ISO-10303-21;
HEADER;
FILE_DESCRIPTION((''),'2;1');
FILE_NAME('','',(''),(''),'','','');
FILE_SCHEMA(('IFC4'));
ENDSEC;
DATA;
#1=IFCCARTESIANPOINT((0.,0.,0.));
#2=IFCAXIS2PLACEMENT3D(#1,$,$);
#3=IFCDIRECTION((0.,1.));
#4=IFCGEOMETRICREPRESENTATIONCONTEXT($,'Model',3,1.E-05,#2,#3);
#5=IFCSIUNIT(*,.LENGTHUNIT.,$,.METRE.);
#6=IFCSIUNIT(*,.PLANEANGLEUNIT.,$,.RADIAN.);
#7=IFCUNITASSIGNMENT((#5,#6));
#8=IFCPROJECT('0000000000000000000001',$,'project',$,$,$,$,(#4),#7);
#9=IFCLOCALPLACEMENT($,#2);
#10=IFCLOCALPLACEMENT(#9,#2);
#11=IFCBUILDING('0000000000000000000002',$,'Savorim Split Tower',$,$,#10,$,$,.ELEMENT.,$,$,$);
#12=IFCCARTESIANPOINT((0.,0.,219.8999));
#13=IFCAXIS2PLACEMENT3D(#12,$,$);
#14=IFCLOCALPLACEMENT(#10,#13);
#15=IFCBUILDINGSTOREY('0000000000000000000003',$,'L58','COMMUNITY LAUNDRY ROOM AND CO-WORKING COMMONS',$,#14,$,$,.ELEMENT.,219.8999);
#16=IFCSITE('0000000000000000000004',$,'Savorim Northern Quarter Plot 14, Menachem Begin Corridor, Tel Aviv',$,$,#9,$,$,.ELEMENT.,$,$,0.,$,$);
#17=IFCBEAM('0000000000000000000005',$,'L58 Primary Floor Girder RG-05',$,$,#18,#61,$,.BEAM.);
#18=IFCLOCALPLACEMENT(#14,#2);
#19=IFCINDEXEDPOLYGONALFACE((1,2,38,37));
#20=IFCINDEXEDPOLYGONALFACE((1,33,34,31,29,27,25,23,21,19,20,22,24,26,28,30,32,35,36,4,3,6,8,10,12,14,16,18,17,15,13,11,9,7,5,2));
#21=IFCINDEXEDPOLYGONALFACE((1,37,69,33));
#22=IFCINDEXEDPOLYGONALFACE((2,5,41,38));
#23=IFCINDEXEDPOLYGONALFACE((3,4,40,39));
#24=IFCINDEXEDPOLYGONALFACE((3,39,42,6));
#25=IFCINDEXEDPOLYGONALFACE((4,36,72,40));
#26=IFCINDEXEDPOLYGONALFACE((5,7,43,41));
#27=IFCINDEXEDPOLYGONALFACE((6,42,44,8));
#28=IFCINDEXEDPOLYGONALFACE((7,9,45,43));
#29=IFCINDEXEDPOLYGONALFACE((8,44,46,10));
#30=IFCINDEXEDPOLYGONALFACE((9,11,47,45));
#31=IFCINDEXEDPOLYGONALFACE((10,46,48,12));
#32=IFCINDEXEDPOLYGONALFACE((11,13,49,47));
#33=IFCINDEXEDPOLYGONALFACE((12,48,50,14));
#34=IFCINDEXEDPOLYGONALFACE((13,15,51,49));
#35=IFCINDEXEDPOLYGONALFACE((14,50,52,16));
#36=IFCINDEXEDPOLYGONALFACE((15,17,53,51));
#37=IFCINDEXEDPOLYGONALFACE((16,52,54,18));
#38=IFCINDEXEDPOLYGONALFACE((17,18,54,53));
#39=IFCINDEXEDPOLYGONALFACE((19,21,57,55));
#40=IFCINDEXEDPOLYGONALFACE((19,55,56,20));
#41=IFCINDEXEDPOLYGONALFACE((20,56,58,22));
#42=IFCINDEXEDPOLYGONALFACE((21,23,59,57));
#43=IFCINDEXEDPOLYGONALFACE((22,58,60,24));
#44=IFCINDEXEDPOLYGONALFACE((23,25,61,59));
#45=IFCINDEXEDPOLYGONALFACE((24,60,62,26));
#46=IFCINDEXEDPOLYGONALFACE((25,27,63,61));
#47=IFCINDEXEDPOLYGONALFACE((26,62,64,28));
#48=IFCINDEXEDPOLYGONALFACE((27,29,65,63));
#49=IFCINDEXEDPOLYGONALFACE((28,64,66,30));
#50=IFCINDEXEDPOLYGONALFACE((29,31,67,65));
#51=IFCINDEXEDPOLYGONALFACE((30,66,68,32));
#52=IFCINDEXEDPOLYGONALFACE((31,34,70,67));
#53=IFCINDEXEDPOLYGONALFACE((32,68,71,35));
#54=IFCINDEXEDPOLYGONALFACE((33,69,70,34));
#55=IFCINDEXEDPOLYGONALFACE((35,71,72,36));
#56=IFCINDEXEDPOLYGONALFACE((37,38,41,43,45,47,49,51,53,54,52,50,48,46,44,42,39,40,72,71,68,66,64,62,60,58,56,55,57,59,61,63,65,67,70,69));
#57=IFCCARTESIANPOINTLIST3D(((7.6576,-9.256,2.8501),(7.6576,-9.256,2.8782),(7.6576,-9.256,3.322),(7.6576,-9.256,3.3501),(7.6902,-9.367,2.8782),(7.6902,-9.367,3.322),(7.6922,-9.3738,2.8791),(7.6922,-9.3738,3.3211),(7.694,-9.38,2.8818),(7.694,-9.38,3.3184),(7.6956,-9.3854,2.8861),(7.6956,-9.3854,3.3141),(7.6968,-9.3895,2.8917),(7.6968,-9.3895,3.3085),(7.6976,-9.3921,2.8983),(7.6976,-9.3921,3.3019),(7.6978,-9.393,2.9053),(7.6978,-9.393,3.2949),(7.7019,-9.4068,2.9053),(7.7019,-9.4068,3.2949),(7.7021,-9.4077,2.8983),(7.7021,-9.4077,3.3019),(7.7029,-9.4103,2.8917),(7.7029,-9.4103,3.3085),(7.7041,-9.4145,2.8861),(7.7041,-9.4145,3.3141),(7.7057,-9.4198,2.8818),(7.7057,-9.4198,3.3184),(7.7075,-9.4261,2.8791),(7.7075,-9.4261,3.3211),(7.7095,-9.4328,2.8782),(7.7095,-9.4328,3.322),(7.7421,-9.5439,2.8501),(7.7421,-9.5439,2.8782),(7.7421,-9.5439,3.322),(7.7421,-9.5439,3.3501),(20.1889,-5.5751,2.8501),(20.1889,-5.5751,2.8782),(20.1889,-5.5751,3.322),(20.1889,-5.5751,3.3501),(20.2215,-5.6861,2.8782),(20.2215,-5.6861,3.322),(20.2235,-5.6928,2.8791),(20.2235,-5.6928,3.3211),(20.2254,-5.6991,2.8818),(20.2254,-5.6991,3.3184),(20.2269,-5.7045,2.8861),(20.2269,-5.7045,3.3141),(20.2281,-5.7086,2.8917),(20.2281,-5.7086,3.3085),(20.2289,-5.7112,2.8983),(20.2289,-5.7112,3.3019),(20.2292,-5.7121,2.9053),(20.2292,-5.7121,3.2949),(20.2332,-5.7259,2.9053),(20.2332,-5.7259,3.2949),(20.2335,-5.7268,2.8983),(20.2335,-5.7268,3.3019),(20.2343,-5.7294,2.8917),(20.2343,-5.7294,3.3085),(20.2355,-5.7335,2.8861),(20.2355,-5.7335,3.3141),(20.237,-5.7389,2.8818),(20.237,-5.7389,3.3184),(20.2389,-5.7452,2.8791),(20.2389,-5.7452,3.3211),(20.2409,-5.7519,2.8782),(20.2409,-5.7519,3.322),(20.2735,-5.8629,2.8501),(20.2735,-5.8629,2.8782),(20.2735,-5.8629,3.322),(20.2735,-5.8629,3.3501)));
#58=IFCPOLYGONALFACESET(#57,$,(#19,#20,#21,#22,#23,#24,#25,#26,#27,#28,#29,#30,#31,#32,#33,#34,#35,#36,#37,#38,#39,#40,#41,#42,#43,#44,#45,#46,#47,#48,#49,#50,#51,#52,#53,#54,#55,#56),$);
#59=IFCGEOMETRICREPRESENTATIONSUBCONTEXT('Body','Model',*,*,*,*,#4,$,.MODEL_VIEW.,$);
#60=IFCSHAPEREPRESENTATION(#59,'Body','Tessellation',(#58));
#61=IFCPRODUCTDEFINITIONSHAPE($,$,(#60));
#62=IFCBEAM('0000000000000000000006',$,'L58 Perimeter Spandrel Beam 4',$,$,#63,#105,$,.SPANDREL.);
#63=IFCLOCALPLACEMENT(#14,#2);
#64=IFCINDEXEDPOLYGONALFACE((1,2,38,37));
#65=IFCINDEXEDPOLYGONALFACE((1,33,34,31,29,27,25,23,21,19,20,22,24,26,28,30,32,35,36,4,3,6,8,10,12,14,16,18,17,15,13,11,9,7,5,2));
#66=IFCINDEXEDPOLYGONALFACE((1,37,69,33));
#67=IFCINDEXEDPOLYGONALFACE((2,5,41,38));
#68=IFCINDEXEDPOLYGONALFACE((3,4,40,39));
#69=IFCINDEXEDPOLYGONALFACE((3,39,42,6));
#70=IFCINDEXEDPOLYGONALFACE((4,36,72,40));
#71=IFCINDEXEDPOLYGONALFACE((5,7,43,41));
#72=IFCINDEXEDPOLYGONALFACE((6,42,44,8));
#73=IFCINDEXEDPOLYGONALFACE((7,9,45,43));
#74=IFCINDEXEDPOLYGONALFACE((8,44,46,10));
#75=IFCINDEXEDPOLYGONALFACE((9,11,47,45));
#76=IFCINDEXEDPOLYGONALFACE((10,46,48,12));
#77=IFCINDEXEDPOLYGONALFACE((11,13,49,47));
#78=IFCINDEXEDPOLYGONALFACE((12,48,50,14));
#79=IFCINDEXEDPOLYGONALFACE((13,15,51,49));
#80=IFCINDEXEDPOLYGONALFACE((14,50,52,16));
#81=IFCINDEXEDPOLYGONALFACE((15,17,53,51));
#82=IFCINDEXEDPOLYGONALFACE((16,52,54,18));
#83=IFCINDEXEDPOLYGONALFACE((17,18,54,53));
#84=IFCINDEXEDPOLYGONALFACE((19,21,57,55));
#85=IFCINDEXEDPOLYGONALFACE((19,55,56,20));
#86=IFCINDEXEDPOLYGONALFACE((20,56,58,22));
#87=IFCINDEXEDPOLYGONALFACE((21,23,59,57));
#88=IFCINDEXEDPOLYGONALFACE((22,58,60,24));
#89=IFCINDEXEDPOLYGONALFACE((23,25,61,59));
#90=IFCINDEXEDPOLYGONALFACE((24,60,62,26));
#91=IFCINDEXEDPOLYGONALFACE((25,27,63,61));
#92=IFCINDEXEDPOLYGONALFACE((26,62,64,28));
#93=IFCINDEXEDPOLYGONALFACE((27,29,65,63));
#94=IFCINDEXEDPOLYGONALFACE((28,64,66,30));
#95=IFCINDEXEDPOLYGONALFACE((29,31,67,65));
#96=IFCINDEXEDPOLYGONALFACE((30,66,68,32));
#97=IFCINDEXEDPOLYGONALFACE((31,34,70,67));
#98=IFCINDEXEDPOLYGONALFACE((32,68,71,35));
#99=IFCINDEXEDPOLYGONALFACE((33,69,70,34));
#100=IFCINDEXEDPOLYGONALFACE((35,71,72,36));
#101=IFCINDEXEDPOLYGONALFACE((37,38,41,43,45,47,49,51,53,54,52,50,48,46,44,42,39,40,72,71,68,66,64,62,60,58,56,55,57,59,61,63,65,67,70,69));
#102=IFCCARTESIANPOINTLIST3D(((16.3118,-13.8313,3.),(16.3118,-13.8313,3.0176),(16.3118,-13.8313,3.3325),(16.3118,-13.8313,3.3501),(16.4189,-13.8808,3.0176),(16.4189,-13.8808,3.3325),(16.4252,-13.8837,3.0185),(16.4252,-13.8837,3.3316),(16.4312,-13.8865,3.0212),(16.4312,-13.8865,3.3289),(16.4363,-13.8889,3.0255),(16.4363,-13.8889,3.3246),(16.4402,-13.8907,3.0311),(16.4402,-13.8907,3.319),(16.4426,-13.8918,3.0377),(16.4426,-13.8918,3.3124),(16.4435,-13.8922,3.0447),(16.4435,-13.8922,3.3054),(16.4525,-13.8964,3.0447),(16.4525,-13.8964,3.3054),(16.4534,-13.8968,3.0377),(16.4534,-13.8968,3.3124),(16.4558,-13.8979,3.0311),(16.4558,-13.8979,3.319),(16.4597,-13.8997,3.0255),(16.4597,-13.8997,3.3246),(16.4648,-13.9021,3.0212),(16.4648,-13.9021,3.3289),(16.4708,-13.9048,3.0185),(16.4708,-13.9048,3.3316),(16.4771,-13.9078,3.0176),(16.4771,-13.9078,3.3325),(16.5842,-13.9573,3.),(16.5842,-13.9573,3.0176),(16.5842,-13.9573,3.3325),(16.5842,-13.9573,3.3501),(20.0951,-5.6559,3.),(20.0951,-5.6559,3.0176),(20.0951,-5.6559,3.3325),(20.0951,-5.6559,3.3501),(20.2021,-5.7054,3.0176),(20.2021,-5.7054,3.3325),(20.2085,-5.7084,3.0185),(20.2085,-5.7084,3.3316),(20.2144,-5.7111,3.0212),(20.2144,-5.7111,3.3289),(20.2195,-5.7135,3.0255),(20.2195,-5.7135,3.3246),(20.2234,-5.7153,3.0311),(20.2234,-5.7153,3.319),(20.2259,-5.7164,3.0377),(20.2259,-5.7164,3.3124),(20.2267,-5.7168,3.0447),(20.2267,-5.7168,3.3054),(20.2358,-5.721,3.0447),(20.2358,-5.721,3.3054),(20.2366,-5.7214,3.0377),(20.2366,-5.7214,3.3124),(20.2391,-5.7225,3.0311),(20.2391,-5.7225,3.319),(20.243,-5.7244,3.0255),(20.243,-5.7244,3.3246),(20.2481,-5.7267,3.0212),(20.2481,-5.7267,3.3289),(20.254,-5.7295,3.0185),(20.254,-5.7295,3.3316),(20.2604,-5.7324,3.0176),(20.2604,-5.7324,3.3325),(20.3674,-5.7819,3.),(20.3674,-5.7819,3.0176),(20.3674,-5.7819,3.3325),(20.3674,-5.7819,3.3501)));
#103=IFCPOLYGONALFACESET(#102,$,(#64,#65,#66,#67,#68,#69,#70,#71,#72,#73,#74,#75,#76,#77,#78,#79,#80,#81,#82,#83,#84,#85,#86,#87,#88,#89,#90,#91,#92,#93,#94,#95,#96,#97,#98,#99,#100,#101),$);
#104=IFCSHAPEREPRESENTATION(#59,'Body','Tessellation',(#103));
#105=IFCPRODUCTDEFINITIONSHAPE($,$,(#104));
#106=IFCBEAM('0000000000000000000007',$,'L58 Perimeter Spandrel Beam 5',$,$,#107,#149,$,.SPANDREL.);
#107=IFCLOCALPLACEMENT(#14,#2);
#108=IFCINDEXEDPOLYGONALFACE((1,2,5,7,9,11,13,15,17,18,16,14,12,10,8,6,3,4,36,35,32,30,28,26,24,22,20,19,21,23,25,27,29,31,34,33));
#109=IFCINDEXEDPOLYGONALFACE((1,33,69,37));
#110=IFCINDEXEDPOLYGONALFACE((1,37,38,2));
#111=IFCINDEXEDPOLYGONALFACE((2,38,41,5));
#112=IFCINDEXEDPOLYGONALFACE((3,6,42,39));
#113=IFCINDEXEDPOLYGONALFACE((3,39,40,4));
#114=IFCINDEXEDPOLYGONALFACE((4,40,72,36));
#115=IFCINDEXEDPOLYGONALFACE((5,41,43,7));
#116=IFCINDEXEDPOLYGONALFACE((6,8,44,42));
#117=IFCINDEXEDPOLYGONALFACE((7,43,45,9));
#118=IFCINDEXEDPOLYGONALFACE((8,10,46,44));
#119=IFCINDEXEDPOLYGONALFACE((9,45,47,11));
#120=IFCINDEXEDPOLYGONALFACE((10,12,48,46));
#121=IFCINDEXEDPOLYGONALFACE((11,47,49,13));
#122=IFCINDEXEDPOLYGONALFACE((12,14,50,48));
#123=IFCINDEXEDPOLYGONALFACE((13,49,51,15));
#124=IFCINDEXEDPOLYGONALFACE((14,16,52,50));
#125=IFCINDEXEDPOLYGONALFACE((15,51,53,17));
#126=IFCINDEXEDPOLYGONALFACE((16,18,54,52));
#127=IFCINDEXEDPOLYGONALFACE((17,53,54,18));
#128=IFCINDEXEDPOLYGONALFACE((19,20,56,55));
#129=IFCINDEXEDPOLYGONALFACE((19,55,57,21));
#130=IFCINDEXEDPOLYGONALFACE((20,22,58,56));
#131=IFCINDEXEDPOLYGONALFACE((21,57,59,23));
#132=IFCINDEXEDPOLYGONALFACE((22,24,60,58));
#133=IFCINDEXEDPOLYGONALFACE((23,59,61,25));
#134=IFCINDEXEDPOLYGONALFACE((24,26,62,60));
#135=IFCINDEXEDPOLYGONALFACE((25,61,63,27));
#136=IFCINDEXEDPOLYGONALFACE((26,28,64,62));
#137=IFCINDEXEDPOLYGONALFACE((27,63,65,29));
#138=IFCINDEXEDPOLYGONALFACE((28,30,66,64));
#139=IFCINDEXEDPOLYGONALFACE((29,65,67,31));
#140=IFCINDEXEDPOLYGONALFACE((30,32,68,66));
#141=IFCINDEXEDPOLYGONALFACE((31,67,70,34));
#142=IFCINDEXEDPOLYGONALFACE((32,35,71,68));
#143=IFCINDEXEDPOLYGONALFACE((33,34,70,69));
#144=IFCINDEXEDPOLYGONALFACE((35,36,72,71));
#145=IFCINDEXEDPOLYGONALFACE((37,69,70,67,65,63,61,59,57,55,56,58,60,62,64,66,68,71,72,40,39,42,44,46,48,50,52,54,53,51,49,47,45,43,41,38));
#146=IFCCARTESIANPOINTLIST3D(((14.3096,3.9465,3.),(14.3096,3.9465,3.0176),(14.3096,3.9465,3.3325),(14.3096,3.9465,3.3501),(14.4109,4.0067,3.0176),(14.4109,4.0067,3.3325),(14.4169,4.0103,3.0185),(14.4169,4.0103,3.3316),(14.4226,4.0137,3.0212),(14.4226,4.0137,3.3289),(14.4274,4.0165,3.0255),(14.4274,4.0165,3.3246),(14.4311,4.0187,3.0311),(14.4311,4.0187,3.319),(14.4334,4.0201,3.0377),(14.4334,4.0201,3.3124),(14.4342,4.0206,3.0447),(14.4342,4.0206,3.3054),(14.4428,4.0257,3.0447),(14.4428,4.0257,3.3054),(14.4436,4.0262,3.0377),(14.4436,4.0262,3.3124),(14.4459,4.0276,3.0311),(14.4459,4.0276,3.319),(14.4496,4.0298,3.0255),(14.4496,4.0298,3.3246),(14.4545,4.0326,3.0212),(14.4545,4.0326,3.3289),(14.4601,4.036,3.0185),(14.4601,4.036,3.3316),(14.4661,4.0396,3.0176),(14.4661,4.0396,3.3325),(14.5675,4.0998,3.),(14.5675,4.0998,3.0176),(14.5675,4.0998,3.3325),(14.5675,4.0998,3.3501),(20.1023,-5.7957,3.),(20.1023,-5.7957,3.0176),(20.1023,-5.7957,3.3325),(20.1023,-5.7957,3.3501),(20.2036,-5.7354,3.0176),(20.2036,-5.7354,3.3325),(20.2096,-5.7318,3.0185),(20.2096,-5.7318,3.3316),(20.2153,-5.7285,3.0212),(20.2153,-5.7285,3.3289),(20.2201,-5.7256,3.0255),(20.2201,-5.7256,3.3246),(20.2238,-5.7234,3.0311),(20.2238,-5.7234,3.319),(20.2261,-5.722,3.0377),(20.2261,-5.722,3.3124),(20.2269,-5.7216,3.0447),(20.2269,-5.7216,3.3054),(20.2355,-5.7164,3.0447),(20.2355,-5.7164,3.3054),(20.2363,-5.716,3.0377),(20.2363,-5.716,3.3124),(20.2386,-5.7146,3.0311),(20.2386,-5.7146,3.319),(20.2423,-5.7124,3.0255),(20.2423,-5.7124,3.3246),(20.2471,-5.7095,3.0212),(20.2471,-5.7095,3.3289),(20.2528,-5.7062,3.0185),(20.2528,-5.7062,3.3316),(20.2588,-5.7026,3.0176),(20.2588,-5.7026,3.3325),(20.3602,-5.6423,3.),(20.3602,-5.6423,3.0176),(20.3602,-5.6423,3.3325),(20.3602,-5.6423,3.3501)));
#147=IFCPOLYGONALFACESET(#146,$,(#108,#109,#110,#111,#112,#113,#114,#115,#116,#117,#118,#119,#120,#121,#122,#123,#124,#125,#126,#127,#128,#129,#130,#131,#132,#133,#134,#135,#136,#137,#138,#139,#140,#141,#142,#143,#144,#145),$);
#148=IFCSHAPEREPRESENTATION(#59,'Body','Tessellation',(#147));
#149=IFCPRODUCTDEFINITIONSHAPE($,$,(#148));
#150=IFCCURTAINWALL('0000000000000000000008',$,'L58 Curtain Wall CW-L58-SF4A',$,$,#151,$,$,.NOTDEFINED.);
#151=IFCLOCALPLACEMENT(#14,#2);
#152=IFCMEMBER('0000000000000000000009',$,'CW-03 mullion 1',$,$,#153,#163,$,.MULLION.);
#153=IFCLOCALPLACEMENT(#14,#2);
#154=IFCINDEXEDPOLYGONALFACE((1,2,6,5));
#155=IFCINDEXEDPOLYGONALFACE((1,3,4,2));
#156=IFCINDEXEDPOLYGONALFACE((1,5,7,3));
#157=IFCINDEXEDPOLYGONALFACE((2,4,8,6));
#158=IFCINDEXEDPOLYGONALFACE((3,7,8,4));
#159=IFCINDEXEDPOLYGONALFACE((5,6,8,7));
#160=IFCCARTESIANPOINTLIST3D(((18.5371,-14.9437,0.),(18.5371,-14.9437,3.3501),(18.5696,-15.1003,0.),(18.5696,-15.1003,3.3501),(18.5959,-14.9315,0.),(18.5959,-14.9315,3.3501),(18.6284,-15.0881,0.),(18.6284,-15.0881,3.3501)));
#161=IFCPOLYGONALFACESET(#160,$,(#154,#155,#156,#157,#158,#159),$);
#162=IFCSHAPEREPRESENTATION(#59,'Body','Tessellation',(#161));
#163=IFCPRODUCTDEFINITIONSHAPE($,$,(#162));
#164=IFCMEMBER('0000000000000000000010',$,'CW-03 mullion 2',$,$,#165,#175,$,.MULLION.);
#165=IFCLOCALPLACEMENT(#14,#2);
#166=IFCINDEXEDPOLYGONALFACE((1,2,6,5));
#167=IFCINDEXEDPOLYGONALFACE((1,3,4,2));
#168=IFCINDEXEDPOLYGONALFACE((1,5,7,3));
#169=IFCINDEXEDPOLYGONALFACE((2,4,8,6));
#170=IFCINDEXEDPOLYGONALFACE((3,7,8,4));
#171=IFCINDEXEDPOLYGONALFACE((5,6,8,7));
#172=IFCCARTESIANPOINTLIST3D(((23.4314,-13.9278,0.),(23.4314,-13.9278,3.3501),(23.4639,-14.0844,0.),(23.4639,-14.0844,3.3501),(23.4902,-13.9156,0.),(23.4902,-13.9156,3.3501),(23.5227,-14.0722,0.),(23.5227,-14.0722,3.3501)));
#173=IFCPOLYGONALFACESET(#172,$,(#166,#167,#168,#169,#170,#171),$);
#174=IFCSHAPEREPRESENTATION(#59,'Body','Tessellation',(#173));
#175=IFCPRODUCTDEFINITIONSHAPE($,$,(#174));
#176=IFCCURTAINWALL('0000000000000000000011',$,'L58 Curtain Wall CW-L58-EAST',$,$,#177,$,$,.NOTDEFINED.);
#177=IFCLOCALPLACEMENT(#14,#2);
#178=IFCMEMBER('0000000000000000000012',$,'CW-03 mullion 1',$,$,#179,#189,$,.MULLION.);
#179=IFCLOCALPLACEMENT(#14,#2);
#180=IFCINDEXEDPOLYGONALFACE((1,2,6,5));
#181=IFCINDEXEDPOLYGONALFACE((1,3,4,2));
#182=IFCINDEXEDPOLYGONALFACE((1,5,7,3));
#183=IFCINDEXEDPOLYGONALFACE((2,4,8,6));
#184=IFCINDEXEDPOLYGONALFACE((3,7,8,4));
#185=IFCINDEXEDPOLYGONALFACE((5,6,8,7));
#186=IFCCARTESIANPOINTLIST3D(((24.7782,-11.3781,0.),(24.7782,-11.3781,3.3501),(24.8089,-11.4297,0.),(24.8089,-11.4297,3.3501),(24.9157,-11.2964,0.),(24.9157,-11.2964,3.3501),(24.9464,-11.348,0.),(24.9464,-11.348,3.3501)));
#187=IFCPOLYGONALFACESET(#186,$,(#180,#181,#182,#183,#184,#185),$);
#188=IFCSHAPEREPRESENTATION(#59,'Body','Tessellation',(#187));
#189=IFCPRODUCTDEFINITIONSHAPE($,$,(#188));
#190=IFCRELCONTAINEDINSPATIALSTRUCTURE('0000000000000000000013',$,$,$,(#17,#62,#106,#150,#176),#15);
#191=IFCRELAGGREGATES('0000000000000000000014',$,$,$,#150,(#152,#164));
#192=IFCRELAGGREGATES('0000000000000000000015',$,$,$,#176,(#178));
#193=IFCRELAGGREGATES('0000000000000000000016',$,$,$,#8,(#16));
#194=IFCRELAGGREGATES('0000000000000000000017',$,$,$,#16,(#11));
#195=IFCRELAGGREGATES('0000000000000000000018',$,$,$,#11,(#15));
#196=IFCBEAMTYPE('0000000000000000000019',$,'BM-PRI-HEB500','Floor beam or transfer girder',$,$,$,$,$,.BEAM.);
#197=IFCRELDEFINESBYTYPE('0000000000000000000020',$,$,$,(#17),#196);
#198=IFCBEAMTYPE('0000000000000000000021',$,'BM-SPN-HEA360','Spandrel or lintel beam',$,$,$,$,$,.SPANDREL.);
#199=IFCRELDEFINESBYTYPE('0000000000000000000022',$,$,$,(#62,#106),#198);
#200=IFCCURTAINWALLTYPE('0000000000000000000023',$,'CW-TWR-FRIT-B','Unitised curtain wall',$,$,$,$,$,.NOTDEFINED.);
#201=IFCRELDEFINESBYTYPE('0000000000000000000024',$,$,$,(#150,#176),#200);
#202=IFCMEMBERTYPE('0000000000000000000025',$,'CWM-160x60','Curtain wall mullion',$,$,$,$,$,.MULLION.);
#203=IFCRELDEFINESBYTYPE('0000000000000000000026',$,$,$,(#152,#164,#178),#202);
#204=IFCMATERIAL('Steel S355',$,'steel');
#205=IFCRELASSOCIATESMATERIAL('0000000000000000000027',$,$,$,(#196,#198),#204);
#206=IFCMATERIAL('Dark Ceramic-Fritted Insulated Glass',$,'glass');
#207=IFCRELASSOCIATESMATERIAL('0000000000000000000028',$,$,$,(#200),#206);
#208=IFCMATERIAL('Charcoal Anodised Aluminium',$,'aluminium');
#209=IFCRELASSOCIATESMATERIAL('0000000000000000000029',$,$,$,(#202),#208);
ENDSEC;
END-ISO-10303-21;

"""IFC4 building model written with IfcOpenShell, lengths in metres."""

from ifc_helpers import new_model, si_unit, direction, frame, origin, origin_2d, place, context, subcontext, project, spatial, rectangle, i_section, extrude, material, material_profile, profile_set, type_object, element, aggregate, save


model = new_model("IFC4")

# Units and contexts
model_context = context("Model", 3, precision=1e-05, world=origin(), true_north=direction((0.0, 1.0)))
body_context = subcontext(model_context, "Body", "Model", "MODEL_VIEW")
ifc_project = project(units=[si_unit("LENGTHUNIT", "METRE"), si_unit("PLANEANGLEUNIT", "RADIAN")], contexts=[model_context])

# Site, building, storey
site_placement = place(None, origin())
site = spatial("IfcSite", under=ifc_project, at=site_placement, Name="Savorim Northern Quarter Plot 14, Menachem Begin Corridor, Tel Aviv", CompositionType="ELEMENT", RefElevation=0.0)
building_placement = place(site_placement, origin())
building = spatial("IfcBuilding", under=site, at=building_placement, Name="Savorim Split Tower", CompositionType="ELEMENT")
storey_placement = place(building_placement, frame((0.0, 0.0, 219.8999)))
storey = spatial("IfcBuildingStorey", under=building, at=storey_placement, Name="L58", Description="COMMUNITY LAUNDRY ROOM AND CO-WORKING COMMONS", CompositionType="ELEMENT", Elevation=219.8999)

# Shared definitions
ifc_material_1 = material(Name="Steel S355", Category="steel")

# Beams
ifc_material_profile_1 = material_profile(ifc_material_1, i_section(OverallWidth=0.3, OverallDepth=0.5, WebThickness=0.0144, FlangeThickness=0.0281, FilletRadius=0.0271, at=origin_2d()), Name="HEB 500")
ifc_profile_set_1 = profile_set([ifc_material_profile_1], Name="Steel S355")
beam_type_1 = type_object("IfcBeamType", Name="BM-PRI-HEB500", Description="Floor beam or transfer girder", PredefinedType="BEAM", material=ifc_profile_set_1)
beam_1_placement = place(storey_placement, frame((20.2312, -5.719, 3.1001), z_axis=(-0.959464, -0.281831, 0.0), x_axis=(0.281831, -0.959464, 0.0)))
element("IfcBeam", 1, at=beam_1_placement, inside=storey, type_object=beam_type_1, Name="L58 Primary Floor Girder RG-05", PredefinedType="BEAM", context=body_context, shape_type="SweptSolid", body=[
    extrude(i_section(OverallWidth=0.3, OverallDepth=0.5, WebThickness=0.0144, FlangeThickness=0.0281, FilletRadius=0.0271, at=origin_2d()), origin(), (0.0, 0.0, 1.0), 13.0608),
])
ifc_material_profile_2 = material_profile(ifc_material_1, i_section(OverallWidth=0.3, OverallDepth=0.3501, WebThickness=0.01, FlangeThickness=0.0176, FilletRadius=0.0271, at=origin_2d()), Name="HEA 360")
ifc_profile_set_2 = profile_set([ifc_material_profile_2], Name="Steel S355")
beam_type_2 = type_object("IfcBeamType", Name="BM-SPN-HEA360", Description="Spandrel or lintel beam", PredefinedType="SPANDREL", material=ifc_profile_set_2)
beam_2_placement = place(storey_placement, frame((16.448, -13.8943, 3.175), z_axis=(0.419972, 0.907537, 0.0), x_axis=(-0.907537, 0.419972, 0.0)))
element("IfcBeam", 2, at=beam_2_placement, inside=storey, type_object=beam_type_2, Name="L58 Perimeter Spandrel Beam 4", PredefinedType="SPANDREL", context=body_context, shape_type="SweptSolid", body=[
    extrude(i_section(OverallWidth=0.3, OverallDepth=0.3501, WebThickness=0.01, FlangeThickness=0.0176, FilletRadius=0.0271, at=origin_2d()), origin(), (0.0, 0.0, 1.0), 9.0083),
])
beam_3_placement = place(storey_placement, frame((20.2312, -5.719, 3.175), z_axis=(-0.51108, 0.859533, 0.0), x_axis=(-0.859533, -0.51108, 0.0)))
element("IfcBeam", 3, at=beam_3_placement, inside=storey, type_object=beam_type_2, Name="L58 Perimeter Spandrel Beam 5", PredefinedType="SPANDREL", context=body_context, shape_type="SweptSolid", body=[
    extrude(i_section(OverallWidth=0.3, OverallDepth=0.3501, WebThickness=0.01, FlangeThickness=0.0176, FilletRadius=0.0271, at=origin_2d()), origin(), (0.0, 0.0, 1.0), 11.3342),
])

# Curtain walls, members
ifc_material_2 = material(Name="Dark Ceramic-Fritted Insulated Glass", Category="glass")
curtain_wall_type_1 = type_object("IfcCurtainWallType", Name="CW-TWR-FRIT-B", Description="Unitised curtain wall", PredefinedType="NOTDEFINED", material=ifc_material_2)
curtain_wall_1_placement = place(storey_placement, origin())
curtain_wall_1 = element("IfcCurtainWall", 4, at=curtain_wall_1_placement, inside=storey, type_object=curtain_wall_type_1, Name="L58 Curtain Wall CW-L58-SF4A", PredefinedType="NOTDEFINED")
ifc_material_3 = material(Name="Charcoal Anodised Aluminium", Category="aluminium")
ifc_material_profile_3 = material_profile(ifc_material_3, rectangle(XDim=0.1599, YDim=0.0601, at=origin_2d()), Name="ALU-M 160x60")
ifc_profile_set_3 = profile_set([ifc_material_profile_3], Name="Charcoal Anodised Aluminium")
member_type_1 = type_object("IfcMemberType", Name="CWM-160x60", Description="Curtain wall mullion", PredefinedType="MULLION", material=ifc_profile_set_3)
member_1_placement = place(storey_placement, frame((18.5828, -15.0159, 0.0), z_axis=(0.0, 0.0, 1.0), x_axis=(-0.203212, 0.979135, 0.0)))
member_1 = element("IfcMember", 5, at=member_1_placement, type_object=member_type_1, Name="CW-03 mullion 1", PredefinedType="MULLION", context=body_context, shape_type="SweptSolid", body=[
    extrude(rectangle(XDim=0.1599, YDim=0.0601, at=origin_2d()), origin(), (0.0, 0.0, 1.0), 3.3501),
])
member_2_placement = place(storey_placement, frame((23.4771, -14.0, 0.0), z_axis=(0.0, 0.0, 1.0), x_axis=(-0.203212, 0.979135, 0.0)))
member_2 = element("IfcMember", 6, at=member_2_placement, type_object=member_type_1, Name="CW-03 mullion 2", PredefinedType="MULLION", context=body_context, shape_type="SweptSolid", body=[
    extrude(rectangle(XDim=0.1599, YDim=0.0601, at=origin_2d()), origin(), (0.0, 0.0, 1.0), 3.3501),
])
curtain_wall_2_placement = place(storey_placement, origin())
curtain_wall_2 = element("IfcCurtainWall", 7, at=curtain_wall_2_placement, inside=storey, type_object=curtain_wall_type_1, Name="L58 Curtain Wall CW-L58-EAST", PredefinedType="NOTDEFINED")
member_3_placement = place(storey_placement, frame((24.8623, -11.363, 0.0), z_axis=(0.0, 0.0, 1.0), x_axis=(-0.859524, -0.511096, 0.0)))
member_3 = element("IfcMember", 8, at=member_3_placement, type_object=member_type_1, Name="CW-03 mullion 1", PredefinedType="MULLION", context=body_context, shape_type="SweptSolid", body=[
    extrude(rectangle(XDim=0.1599, YDim=0.0601, at=origin_2d()), origin(), (0.0, 0.0, 1.0), 3.3501),
])

aggregate(curtain_wall_1, [member_1, member_2])
aggregate(curtain_wall_2, [member_3])

save(model, "model.ifc")
